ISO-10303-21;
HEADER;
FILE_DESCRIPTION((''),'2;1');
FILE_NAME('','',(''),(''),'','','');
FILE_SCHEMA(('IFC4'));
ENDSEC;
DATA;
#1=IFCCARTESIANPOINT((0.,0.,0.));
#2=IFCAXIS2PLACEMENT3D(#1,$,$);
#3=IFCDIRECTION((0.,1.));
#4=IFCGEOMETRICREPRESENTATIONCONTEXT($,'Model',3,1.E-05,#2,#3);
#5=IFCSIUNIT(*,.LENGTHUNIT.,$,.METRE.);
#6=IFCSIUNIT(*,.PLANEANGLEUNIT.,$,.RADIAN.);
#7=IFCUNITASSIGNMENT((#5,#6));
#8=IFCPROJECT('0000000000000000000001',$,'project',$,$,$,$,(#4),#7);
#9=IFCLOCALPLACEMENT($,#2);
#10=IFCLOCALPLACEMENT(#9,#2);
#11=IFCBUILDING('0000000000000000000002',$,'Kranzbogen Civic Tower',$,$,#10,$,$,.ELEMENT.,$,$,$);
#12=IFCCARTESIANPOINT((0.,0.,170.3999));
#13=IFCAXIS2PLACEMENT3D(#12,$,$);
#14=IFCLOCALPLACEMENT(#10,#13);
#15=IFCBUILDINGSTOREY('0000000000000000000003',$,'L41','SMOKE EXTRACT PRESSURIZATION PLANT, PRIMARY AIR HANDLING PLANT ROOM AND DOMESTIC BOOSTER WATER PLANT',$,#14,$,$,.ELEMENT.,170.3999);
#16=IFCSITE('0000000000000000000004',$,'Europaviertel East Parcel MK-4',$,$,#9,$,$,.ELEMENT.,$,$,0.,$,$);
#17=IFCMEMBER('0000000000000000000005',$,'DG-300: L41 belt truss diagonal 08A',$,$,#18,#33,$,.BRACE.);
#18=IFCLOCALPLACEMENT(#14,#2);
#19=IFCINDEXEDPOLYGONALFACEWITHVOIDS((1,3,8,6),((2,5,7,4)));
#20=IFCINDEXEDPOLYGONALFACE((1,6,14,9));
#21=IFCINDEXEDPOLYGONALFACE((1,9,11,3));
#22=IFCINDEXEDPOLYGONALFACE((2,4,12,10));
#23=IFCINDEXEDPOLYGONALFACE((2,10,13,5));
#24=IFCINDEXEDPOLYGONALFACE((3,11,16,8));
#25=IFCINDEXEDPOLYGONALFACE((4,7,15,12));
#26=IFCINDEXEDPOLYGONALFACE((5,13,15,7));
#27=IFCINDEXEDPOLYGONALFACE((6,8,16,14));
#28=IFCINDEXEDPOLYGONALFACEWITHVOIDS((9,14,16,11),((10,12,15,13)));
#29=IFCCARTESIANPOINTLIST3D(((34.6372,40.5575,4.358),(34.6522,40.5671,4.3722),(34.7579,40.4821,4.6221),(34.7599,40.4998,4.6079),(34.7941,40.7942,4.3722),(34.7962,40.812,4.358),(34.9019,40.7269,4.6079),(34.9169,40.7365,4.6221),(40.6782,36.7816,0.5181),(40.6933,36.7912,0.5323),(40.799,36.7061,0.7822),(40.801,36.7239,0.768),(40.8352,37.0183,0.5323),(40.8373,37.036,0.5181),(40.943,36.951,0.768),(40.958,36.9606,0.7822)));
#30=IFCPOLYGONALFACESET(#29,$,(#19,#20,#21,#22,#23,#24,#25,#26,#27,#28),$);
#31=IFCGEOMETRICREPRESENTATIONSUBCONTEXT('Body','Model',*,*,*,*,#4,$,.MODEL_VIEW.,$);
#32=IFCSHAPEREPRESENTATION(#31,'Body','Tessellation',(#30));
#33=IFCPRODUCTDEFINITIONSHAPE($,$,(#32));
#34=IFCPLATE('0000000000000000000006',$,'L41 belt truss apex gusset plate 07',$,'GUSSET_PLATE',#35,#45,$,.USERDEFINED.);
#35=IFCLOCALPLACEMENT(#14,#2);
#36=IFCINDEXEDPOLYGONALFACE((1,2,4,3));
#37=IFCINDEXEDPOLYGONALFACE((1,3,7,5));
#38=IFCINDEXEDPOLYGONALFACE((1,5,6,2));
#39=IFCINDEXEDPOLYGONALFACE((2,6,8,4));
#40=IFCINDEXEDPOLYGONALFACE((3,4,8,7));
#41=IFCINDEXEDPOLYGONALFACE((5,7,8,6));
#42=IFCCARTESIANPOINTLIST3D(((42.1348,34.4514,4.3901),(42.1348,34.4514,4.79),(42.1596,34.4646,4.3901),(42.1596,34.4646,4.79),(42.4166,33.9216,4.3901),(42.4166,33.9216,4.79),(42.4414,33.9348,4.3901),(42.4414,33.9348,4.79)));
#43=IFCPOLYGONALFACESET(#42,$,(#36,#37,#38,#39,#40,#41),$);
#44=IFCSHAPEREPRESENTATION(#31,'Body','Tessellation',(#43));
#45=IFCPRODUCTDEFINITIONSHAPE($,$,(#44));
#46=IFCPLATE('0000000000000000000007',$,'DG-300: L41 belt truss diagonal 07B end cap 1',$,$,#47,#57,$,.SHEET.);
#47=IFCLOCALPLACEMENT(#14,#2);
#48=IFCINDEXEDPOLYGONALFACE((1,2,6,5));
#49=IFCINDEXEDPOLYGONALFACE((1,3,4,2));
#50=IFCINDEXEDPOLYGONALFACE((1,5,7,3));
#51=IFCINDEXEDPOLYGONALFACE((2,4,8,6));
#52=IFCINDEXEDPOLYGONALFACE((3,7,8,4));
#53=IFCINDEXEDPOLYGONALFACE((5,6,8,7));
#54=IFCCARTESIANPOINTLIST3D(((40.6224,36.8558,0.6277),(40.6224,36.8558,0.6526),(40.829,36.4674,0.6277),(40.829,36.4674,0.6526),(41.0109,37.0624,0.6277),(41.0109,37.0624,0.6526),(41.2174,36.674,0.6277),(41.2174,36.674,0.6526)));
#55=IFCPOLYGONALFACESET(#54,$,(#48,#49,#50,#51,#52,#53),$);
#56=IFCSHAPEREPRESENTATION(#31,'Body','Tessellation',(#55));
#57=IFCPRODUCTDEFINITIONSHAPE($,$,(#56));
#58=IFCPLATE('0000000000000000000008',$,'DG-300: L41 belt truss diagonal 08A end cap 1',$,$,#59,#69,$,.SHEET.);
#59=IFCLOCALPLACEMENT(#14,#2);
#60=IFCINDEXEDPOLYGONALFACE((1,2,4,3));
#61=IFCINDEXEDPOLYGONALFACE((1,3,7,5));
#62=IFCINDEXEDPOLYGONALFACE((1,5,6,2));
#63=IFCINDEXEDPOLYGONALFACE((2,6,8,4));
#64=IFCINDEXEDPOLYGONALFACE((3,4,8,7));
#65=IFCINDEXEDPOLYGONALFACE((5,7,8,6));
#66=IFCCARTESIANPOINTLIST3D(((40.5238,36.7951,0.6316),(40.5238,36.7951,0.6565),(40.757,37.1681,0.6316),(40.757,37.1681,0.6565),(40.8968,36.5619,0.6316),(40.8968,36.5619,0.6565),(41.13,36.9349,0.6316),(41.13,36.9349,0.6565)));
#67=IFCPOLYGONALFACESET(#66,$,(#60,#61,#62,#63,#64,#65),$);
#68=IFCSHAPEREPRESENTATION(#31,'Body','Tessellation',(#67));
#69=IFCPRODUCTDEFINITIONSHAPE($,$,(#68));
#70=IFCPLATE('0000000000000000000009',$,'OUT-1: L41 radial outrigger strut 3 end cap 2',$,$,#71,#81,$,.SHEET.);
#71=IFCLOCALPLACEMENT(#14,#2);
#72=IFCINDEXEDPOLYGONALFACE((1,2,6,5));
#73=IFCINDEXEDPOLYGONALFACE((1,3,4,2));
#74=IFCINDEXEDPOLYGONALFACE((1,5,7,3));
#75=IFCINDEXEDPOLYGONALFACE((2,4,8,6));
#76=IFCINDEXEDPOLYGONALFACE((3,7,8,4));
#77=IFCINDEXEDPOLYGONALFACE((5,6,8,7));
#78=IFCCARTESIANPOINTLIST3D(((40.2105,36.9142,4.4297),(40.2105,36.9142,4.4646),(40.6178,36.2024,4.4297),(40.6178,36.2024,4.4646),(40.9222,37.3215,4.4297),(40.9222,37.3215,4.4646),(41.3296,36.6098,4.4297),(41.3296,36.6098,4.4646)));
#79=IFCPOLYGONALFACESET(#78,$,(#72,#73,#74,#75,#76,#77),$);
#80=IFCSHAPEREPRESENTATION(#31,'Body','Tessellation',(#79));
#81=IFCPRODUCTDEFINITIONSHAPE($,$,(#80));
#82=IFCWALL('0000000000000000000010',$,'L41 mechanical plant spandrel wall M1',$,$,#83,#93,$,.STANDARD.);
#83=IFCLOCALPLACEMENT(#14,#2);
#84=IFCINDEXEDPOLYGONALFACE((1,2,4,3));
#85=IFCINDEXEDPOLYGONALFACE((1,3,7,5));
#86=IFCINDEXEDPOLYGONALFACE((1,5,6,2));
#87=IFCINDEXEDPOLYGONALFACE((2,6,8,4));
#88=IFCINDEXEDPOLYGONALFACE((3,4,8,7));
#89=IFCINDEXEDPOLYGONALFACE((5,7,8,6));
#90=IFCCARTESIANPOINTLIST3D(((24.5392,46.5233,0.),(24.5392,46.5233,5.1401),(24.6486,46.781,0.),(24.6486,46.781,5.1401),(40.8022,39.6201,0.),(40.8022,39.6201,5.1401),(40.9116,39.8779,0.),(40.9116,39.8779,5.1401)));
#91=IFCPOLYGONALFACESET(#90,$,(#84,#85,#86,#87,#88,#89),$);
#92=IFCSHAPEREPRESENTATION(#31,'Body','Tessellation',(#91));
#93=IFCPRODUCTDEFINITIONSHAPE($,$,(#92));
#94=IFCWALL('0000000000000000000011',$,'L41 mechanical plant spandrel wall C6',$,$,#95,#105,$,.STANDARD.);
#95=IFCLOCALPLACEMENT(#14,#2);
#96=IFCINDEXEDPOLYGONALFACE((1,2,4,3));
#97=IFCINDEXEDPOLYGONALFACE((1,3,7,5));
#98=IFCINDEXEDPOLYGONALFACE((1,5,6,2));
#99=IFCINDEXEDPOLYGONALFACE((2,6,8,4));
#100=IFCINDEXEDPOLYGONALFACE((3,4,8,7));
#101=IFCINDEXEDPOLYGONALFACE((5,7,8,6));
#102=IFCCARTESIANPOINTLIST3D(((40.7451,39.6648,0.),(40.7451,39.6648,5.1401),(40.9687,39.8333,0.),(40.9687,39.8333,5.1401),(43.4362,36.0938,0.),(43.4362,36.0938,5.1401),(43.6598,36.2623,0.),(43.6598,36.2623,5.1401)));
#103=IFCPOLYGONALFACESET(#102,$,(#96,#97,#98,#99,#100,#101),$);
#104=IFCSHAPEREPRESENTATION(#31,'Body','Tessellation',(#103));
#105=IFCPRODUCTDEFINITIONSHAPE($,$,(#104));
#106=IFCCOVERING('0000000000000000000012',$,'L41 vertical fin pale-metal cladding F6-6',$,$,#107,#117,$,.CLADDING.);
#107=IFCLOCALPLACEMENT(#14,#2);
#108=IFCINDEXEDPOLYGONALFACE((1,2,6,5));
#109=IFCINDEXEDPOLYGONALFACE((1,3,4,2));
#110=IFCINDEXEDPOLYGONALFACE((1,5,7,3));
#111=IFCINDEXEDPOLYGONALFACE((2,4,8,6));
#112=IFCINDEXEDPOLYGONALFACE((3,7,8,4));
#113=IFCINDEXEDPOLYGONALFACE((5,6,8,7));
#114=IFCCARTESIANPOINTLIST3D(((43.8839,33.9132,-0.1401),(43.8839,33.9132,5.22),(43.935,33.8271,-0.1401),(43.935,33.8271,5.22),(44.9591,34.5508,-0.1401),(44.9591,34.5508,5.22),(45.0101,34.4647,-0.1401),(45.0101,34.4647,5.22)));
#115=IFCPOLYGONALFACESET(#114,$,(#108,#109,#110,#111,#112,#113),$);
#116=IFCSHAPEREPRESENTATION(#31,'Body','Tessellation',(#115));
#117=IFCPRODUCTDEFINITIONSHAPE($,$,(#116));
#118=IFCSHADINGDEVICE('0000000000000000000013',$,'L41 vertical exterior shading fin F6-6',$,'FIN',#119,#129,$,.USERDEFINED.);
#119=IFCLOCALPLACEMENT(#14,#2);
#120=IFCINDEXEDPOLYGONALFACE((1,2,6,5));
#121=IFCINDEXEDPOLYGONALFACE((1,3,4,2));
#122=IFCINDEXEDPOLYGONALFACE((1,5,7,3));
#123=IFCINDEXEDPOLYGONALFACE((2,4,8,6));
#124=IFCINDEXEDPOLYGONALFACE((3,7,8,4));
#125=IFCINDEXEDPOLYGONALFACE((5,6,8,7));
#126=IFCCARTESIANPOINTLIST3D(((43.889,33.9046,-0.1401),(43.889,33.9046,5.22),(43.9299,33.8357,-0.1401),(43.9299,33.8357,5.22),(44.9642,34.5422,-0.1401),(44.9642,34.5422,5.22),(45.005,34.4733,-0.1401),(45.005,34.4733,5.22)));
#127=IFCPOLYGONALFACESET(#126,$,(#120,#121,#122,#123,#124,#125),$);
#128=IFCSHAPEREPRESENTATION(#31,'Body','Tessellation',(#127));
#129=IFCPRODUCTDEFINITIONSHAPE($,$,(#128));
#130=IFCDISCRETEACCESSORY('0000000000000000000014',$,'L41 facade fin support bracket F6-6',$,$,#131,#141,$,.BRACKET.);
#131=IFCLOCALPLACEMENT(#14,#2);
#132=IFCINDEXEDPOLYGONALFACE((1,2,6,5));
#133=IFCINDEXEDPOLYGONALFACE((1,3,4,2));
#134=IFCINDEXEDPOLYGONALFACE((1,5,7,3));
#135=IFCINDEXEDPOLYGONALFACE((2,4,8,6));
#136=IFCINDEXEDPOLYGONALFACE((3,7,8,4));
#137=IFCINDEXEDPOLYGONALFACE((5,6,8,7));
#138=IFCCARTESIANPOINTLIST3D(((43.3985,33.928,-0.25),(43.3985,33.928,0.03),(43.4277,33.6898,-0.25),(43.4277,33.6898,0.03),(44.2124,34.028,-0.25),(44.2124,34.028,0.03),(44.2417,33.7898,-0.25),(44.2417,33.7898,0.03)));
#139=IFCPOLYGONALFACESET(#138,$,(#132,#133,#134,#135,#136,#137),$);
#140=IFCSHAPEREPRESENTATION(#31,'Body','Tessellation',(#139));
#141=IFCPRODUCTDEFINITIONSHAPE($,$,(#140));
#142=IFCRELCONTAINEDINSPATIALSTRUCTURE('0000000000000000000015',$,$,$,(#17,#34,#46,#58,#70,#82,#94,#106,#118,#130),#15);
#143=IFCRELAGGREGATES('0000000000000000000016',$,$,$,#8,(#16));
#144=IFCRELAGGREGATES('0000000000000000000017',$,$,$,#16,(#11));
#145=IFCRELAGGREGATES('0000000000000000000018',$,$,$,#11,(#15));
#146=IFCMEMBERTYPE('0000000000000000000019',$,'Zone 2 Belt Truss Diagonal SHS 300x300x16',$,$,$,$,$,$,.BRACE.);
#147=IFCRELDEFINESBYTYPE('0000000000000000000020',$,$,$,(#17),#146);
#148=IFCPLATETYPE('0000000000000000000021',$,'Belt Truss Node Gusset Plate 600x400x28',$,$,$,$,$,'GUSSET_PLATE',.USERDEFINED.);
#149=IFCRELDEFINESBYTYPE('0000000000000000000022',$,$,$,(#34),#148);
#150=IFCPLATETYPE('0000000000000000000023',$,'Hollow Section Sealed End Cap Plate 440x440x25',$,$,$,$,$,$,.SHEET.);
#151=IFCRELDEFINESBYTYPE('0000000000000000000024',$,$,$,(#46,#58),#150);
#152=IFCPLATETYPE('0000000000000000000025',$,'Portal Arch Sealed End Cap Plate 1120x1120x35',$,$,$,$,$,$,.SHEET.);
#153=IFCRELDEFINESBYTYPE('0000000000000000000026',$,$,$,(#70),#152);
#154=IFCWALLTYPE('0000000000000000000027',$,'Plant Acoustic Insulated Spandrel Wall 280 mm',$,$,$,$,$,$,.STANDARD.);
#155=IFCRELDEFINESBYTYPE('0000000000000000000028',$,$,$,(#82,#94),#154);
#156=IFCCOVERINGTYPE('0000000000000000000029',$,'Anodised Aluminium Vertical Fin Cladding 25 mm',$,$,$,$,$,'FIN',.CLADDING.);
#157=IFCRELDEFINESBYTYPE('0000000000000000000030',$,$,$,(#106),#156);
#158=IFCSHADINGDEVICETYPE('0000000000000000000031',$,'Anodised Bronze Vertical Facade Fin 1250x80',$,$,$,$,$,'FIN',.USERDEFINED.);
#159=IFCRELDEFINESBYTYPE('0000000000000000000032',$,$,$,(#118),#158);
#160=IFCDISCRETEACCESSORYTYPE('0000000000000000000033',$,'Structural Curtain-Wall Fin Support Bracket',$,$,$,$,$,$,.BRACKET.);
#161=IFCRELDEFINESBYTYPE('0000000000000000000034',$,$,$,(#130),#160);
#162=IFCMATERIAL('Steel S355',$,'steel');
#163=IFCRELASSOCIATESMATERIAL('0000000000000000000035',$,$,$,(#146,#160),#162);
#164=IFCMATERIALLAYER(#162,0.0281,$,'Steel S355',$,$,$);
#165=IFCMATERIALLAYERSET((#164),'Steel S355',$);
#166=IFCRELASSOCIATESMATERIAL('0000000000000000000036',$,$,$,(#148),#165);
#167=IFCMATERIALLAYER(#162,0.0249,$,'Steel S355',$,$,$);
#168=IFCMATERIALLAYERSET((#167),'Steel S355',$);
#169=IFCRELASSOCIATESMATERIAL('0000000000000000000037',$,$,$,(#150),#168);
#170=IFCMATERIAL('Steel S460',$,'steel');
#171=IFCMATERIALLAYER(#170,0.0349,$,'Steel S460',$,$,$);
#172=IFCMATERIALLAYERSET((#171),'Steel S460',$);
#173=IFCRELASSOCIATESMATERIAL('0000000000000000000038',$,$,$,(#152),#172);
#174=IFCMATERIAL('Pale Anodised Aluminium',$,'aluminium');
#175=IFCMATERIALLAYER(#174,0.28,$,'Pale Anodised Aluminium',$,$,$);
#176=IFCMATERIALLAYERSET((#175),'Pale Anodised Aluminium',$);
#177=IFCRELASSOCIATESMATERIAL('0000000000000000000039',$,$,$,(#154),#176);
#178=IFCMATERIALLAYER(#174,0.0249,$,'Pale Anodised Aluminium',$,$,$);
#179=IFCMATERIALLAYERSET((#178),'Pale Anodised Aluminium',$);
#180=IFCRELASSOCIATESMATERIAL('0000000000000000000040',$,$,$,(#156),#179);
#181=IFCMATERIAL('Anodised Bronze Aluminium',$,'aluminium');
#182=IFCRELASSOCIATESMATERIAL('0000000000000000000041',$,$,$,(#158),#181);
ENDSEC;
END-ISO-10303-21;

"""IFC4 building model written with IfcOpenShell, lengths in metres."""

from ifc_helpers import new_model, si_unit, direction, frame, frame_2d, origin, origin_2d, place, context, subcontext, project, spatial, rectangle, hollow_rectangle, extrude, material, layer, layer_set, material_profile, profile_set, type_object, element, save


model = new_model("IFC4")

# Units and contexts
model_context = context("Model", 3, precision=1e-05, world=origin(), true_north=direction((0.0, 1.0)))
body_context = subcontext(model_context, "Body", "Model", "MODEL_VIEW")
ifc_project = project(units=[si_unit("LENGTHUNIT", "METRE"), si_unit("PLANEANGLEUNIT", "RADIAN")], contexts=[model_context])

# Site, building, storey
site_placement = place(None, origin())
site = spatial("IfcSite", under=ifc_project, at=site_placement, Name="Europaviertel East Parcel MK-4", CompositionType="ELEMENT", RefElevation=0.0)
building_placement = place(site_placement, origin())
building = spatial("IfcBuilding", under=site, at=building_placement, Name="Kranzbogen Civic Tower", CompositionType="ELEMENT")
storey_placement = place(building_placement, frame((0.0, 0.0, 170.3999)))
storey = spatial("IfcBuildingStorey", under=building, at=storey_placement, Name="L41", Description="SMOKE EXTRACT PRESSURIZATION PLANT, PRIMARY AIR HANDLING PLANT ROOM AND DOMESTIC BOOSTER WATER PLANT", CompositionType="ELEMENT", Elevation=170.3999)

# Shared definitions
ifc_material_1 = material(Name="Steel S355", Category="steel")

# Shared definitions
ifc_material_2 = material(Name="Steel S460", Category="steel")

# Member
ifc_material_profile_1 = material_profile(ifc_material_1, hollow_rectangle(XDim=0.3, YDim=0.3, WallThickness=0.0161, at=origin_2d()), Name="SHS 300x300x16")
ifc_profile_set_1 = profile_set([ifc_material_profile_1], Name="Steel S355")
member_type_1 = type_object("IfcMemberType", Name="Zone 2 Belt Truss Diagonal SHS 300x300x16", PredefinedType="BRACE", material=ifc_profile_set_1)
member_1_placement = place(storey_placement, frame((40.8181, 36.8711, 0.6501), z_axis=(-0.746456, 0.466565, 0.474469), x_axis=(-0.530024, -0.847983, 0.0)))
element("IfcMember", 1, at=member_1_placement, inside=storey, type_object=member_type_1, Name="DG-300: L41 belt truss diagonal 08A", PredefinedType="BRACE", context=body_context, shape_type="SweptSolid", body=[
    extrude(hollow_rectangle(XDim=0.3, YDim=0.3, WallThickness=0.0161, at=origin_2d()), origin(), (0.0, 0.0, 1.0), 8.093),
])

# Plates
ifc_layer_1 = layer(ifc_material_1, 0.0281, Name="Steel S355")
ifc_layer_set_1 = layer_set([ifc_layer_1], Name="Steel S355")
plate_type_1 = type_object("IfcPlateType", Name="Belt Truss Node Gusset Plate 600x400x28", ElementType="GUSSET_PLATE", PredefinedType="USERDEFINED", material=ifc_layer_set_1)
plate_1_placement = place(storey_placement, frame((42.2881, 34.1931, 4.3901), z_axis=(0.0, 0.0, 1.0), x_axis=(-0.469518, 0.882923, 0.0)))
element("IfcPlate", 2, at=plate_1_placement, inside=storey, type_object=plate_type_1, Name="L41 belt truss apex gusset plate 07", ObjectType="GUSSET_PLATE", PredefinedType="USERDEFINED", context=body_context, shape_type="SweptSolid", body=[
    extrude(rectangle(XDim=0.6001, YDim=0.0281, at=origin_2d()), origin(), (0.0, 0.0, 1.0), 0.3999),
])
ifc_layer_2 = layer(ifc_material_1, 0.0249, Name="Steel S355")
ifc_layer_set_2 = layer_set([ifc_layer_2], Name="Steel S355")
plate_type_2 = type_object("IfcPlateType", Name="Hollow Section Sealed End Cap Plate 440x440x25", PredefinedType="SHEET", material=ifc_layer_set_2)
for number, where, z_axis, x_axis, name in (
    (3, (40.9199, 36.7649, 0.6277), (0.0, 0.0, 1.0), (0.469518, -0.882923, 0.0), "DG-300: L41 belt truss diagonal 07B end cap 1"),
    (4, (40.8269, 36.865, 0.6316), (0.0, 0.0, 1.0), (-0.847974, 0.530038, 0.0), "DG-300: L41 belt truss diagonal 08A end cap 1"),
):
    element("IfcPlate", number, at=place(storey_placement, frame(where, z_axis=z_axis, x_axis=x_axis)), inside=storey, type_object=plate_type_2, Name=name, PredefinedType="SHEET", context=body_context, shape_type="SweptSolid", body=[
        extrude(rectangle(XDim=0.4399, YDim=0.4399, at=origin_2d()), origin(), (0.0, 0.0, 1.0), 0.0249),
    ])
ifc_layer_3 = layer(ifc_material_2, 0.0349, Name="Steel S460")
ifc_layer_set_3 = layer_set([ifc_layer_3], Name="Steel S460")
plate_type_3 = type_object("IfcPlateType", Name="Portal Arch Sealed End Cap Plate 1120x1120x35", PredefinedType="SHEET", material=ifc_layer_set_3)
plate_2_placement = place(storey_placement, frame((40.77, 36.762, 4.4297), z_axis=(0.0, 0.0, 1.0), x_axis=(0.867913, 0.496716, 0.0)))
element("IfcPlate", 5, at=plate_2_placement, inside=storey, type_object=plate_type_3, Name="OUT-1: L41 radial outrigger strut 3 end cap 2", PredefinedType="SHEET", context=body_context, shape_type="SweptSolid", body=[
    extrude(rectangle(XDim=0.8201, YDim=0.8201, at=origin_2d()), origin(), (0.0, 0.0, 1.0), 0.0349),
])

# Walls
ifc_material_3 = material(Name="Pale Anodised Aluminium", Category="aluminium")
ifc_layer_4 = layer(ifc_material_3, 0.28, Name="Pale Anodised Aluminium")
ifc_layer_set_4 = layer_set([ifc_layer_4], Name="Pale Anodised Aluminium")
wall_type = type_object("IfcWallType", Name="Plant Acoustic Insulated Spandrel Wall 280 mm", PredefinedType="STANDARD", material=ifc_layer_set_4)
wall_1_placement = place(storey_placement, frame((40.8569, 39.749, 0.0), z_axis=(0.0, 0.0, 1.0), x_axis=(-0.920508, 0.390725, 0.0)))
element("IfcWall", 6, at=wall_1_placement, inside=storey, type_object=wall_type, Name="L41 mechanical plant spandrel wall M1", PredefinedType="STANDARD", context=body_context, shape_type="SweptSolid", body=[
    extrude(rectangle(XDim=17.6675, YDim=0.28, at=frame_2d((8.8337, 0.0))), origin(), (0.0, 0.0, 1.0), 5.1401),
])
wall_2_placement = place(storey_placement, frame((43.5481, 36.178, 0.0), z_axis=(0.0, 0.0, 1.0), x_axis=(-0.601842, 0.798615, 0.0)))
element("IfcWall", 7, at=wall_2_placement, inside=storey, type_object=wall_type, Name="L41 mechanical plant spandrel wall C6", PredefinedType="STANDARD", context=body_context, shape_type="SweptSolid", body=[
    extrude(rectangle(XDim=4.4714, YDim=0.28, at=frame_2d((2.2358, 0.0))), origin(), (0.0, 0.0, 1.0), 5.1401),
])

# Covering
ifc_layer_5 = layer(ifc_material_3, 0.0249, Name="Pale Anodised Aluminium")
ifc_layer_set_5 = layer_set([ifc_layer_5], Name="Pale Anodised Aluminium")
covering_type = type_object("IfcCoveringType", Name="Anodised Aluminium Vertical Fin Cladding 25 mm", ElementType="FIN", PredefinedType="CLADDING", material=ifc_layer_set_5)
covering_placement = place(storey_placement, frame((44.447, 34.189, -0.1401), z_axis=(0.0, 0.0, 1.0), x_axis=(0.860111, 0.510108, 0.0)))
element("IfcCovering", 8, at=covering_placement, inside=storey, type_object=covering_type, Name="L41 vertical fin pale-metal cladding F6-6", PredefinedType="CLADDING", context=body_context, shape_type="SweptSolid", body=[
    extrude(rectangle(XDim=1.25, YDim=0.1001, at=origin_2d()), origin(), (0.0, 0.0, 1.0), 5.3601),
])

# Shading device
ifc_material_4 = material(Name="Anodised Bronze Aluminium", Category="aluminium")
shading_device_type = type_object("IfcShadingDeviceType", Name="Anodised Bronze Vertical Facade Fin 1250x80", ElementType="FIN", PredefinedType="USERDEFINED", material=ifc_material_4)
shading_device_placement = place(storey_placement, frame((44.447, 34.189, -0.1401), z_axis=(0.0, 0.0, 1.0), x_axis=(0.860111, 0.510108, 0.0)))
element("IfcShadingDevice", 9, at=shading_device_placement, inside=storey, type_object=shading_device_type, Name="L41 vertical exterior shading fin F6-6", ObjectType="FIN", PredefinedType="USERDEFINED", context=body_context, shape_type="SweptSolid", body=[
    extrude(rectangle(XDim=1.25, YDim=0.0801, at=origin_2d()), origin(), (0.0, 0.0, 1.0), 5.3601),
])

# Discrete accessory
discrete_accessory_type = type_object("IfcDiscreteAccessoryType", Name="Structural Curtain-Wall Fin Support Bracket", PredefinedType="BRACKET", material=ifc_material_1)
discrete_accessory_placement = place(storey_placement, frame((43.8201, 33.8589, -0.25), z_axis=(0.0, 0.0, 1.0), x_axis=(0.992546, 0.121869, 0.0)))
element("IfcDiscreteAccessory", 10, at=discrete_accessory_placement, inside=storey, type_object=discrete_accessory_type, Name="L41 facade fin support bracket F6-6", PredefinedType="BRACKET", context=body_context, shape_type="SweptSolid", body=[
    extrude(rectangle(XDim=0.8201, YDim=0.24, at=origin_2d()), origin(), (0.0, 0.0, 1.0), 0.28),
])

save(model, "model.ifc")
